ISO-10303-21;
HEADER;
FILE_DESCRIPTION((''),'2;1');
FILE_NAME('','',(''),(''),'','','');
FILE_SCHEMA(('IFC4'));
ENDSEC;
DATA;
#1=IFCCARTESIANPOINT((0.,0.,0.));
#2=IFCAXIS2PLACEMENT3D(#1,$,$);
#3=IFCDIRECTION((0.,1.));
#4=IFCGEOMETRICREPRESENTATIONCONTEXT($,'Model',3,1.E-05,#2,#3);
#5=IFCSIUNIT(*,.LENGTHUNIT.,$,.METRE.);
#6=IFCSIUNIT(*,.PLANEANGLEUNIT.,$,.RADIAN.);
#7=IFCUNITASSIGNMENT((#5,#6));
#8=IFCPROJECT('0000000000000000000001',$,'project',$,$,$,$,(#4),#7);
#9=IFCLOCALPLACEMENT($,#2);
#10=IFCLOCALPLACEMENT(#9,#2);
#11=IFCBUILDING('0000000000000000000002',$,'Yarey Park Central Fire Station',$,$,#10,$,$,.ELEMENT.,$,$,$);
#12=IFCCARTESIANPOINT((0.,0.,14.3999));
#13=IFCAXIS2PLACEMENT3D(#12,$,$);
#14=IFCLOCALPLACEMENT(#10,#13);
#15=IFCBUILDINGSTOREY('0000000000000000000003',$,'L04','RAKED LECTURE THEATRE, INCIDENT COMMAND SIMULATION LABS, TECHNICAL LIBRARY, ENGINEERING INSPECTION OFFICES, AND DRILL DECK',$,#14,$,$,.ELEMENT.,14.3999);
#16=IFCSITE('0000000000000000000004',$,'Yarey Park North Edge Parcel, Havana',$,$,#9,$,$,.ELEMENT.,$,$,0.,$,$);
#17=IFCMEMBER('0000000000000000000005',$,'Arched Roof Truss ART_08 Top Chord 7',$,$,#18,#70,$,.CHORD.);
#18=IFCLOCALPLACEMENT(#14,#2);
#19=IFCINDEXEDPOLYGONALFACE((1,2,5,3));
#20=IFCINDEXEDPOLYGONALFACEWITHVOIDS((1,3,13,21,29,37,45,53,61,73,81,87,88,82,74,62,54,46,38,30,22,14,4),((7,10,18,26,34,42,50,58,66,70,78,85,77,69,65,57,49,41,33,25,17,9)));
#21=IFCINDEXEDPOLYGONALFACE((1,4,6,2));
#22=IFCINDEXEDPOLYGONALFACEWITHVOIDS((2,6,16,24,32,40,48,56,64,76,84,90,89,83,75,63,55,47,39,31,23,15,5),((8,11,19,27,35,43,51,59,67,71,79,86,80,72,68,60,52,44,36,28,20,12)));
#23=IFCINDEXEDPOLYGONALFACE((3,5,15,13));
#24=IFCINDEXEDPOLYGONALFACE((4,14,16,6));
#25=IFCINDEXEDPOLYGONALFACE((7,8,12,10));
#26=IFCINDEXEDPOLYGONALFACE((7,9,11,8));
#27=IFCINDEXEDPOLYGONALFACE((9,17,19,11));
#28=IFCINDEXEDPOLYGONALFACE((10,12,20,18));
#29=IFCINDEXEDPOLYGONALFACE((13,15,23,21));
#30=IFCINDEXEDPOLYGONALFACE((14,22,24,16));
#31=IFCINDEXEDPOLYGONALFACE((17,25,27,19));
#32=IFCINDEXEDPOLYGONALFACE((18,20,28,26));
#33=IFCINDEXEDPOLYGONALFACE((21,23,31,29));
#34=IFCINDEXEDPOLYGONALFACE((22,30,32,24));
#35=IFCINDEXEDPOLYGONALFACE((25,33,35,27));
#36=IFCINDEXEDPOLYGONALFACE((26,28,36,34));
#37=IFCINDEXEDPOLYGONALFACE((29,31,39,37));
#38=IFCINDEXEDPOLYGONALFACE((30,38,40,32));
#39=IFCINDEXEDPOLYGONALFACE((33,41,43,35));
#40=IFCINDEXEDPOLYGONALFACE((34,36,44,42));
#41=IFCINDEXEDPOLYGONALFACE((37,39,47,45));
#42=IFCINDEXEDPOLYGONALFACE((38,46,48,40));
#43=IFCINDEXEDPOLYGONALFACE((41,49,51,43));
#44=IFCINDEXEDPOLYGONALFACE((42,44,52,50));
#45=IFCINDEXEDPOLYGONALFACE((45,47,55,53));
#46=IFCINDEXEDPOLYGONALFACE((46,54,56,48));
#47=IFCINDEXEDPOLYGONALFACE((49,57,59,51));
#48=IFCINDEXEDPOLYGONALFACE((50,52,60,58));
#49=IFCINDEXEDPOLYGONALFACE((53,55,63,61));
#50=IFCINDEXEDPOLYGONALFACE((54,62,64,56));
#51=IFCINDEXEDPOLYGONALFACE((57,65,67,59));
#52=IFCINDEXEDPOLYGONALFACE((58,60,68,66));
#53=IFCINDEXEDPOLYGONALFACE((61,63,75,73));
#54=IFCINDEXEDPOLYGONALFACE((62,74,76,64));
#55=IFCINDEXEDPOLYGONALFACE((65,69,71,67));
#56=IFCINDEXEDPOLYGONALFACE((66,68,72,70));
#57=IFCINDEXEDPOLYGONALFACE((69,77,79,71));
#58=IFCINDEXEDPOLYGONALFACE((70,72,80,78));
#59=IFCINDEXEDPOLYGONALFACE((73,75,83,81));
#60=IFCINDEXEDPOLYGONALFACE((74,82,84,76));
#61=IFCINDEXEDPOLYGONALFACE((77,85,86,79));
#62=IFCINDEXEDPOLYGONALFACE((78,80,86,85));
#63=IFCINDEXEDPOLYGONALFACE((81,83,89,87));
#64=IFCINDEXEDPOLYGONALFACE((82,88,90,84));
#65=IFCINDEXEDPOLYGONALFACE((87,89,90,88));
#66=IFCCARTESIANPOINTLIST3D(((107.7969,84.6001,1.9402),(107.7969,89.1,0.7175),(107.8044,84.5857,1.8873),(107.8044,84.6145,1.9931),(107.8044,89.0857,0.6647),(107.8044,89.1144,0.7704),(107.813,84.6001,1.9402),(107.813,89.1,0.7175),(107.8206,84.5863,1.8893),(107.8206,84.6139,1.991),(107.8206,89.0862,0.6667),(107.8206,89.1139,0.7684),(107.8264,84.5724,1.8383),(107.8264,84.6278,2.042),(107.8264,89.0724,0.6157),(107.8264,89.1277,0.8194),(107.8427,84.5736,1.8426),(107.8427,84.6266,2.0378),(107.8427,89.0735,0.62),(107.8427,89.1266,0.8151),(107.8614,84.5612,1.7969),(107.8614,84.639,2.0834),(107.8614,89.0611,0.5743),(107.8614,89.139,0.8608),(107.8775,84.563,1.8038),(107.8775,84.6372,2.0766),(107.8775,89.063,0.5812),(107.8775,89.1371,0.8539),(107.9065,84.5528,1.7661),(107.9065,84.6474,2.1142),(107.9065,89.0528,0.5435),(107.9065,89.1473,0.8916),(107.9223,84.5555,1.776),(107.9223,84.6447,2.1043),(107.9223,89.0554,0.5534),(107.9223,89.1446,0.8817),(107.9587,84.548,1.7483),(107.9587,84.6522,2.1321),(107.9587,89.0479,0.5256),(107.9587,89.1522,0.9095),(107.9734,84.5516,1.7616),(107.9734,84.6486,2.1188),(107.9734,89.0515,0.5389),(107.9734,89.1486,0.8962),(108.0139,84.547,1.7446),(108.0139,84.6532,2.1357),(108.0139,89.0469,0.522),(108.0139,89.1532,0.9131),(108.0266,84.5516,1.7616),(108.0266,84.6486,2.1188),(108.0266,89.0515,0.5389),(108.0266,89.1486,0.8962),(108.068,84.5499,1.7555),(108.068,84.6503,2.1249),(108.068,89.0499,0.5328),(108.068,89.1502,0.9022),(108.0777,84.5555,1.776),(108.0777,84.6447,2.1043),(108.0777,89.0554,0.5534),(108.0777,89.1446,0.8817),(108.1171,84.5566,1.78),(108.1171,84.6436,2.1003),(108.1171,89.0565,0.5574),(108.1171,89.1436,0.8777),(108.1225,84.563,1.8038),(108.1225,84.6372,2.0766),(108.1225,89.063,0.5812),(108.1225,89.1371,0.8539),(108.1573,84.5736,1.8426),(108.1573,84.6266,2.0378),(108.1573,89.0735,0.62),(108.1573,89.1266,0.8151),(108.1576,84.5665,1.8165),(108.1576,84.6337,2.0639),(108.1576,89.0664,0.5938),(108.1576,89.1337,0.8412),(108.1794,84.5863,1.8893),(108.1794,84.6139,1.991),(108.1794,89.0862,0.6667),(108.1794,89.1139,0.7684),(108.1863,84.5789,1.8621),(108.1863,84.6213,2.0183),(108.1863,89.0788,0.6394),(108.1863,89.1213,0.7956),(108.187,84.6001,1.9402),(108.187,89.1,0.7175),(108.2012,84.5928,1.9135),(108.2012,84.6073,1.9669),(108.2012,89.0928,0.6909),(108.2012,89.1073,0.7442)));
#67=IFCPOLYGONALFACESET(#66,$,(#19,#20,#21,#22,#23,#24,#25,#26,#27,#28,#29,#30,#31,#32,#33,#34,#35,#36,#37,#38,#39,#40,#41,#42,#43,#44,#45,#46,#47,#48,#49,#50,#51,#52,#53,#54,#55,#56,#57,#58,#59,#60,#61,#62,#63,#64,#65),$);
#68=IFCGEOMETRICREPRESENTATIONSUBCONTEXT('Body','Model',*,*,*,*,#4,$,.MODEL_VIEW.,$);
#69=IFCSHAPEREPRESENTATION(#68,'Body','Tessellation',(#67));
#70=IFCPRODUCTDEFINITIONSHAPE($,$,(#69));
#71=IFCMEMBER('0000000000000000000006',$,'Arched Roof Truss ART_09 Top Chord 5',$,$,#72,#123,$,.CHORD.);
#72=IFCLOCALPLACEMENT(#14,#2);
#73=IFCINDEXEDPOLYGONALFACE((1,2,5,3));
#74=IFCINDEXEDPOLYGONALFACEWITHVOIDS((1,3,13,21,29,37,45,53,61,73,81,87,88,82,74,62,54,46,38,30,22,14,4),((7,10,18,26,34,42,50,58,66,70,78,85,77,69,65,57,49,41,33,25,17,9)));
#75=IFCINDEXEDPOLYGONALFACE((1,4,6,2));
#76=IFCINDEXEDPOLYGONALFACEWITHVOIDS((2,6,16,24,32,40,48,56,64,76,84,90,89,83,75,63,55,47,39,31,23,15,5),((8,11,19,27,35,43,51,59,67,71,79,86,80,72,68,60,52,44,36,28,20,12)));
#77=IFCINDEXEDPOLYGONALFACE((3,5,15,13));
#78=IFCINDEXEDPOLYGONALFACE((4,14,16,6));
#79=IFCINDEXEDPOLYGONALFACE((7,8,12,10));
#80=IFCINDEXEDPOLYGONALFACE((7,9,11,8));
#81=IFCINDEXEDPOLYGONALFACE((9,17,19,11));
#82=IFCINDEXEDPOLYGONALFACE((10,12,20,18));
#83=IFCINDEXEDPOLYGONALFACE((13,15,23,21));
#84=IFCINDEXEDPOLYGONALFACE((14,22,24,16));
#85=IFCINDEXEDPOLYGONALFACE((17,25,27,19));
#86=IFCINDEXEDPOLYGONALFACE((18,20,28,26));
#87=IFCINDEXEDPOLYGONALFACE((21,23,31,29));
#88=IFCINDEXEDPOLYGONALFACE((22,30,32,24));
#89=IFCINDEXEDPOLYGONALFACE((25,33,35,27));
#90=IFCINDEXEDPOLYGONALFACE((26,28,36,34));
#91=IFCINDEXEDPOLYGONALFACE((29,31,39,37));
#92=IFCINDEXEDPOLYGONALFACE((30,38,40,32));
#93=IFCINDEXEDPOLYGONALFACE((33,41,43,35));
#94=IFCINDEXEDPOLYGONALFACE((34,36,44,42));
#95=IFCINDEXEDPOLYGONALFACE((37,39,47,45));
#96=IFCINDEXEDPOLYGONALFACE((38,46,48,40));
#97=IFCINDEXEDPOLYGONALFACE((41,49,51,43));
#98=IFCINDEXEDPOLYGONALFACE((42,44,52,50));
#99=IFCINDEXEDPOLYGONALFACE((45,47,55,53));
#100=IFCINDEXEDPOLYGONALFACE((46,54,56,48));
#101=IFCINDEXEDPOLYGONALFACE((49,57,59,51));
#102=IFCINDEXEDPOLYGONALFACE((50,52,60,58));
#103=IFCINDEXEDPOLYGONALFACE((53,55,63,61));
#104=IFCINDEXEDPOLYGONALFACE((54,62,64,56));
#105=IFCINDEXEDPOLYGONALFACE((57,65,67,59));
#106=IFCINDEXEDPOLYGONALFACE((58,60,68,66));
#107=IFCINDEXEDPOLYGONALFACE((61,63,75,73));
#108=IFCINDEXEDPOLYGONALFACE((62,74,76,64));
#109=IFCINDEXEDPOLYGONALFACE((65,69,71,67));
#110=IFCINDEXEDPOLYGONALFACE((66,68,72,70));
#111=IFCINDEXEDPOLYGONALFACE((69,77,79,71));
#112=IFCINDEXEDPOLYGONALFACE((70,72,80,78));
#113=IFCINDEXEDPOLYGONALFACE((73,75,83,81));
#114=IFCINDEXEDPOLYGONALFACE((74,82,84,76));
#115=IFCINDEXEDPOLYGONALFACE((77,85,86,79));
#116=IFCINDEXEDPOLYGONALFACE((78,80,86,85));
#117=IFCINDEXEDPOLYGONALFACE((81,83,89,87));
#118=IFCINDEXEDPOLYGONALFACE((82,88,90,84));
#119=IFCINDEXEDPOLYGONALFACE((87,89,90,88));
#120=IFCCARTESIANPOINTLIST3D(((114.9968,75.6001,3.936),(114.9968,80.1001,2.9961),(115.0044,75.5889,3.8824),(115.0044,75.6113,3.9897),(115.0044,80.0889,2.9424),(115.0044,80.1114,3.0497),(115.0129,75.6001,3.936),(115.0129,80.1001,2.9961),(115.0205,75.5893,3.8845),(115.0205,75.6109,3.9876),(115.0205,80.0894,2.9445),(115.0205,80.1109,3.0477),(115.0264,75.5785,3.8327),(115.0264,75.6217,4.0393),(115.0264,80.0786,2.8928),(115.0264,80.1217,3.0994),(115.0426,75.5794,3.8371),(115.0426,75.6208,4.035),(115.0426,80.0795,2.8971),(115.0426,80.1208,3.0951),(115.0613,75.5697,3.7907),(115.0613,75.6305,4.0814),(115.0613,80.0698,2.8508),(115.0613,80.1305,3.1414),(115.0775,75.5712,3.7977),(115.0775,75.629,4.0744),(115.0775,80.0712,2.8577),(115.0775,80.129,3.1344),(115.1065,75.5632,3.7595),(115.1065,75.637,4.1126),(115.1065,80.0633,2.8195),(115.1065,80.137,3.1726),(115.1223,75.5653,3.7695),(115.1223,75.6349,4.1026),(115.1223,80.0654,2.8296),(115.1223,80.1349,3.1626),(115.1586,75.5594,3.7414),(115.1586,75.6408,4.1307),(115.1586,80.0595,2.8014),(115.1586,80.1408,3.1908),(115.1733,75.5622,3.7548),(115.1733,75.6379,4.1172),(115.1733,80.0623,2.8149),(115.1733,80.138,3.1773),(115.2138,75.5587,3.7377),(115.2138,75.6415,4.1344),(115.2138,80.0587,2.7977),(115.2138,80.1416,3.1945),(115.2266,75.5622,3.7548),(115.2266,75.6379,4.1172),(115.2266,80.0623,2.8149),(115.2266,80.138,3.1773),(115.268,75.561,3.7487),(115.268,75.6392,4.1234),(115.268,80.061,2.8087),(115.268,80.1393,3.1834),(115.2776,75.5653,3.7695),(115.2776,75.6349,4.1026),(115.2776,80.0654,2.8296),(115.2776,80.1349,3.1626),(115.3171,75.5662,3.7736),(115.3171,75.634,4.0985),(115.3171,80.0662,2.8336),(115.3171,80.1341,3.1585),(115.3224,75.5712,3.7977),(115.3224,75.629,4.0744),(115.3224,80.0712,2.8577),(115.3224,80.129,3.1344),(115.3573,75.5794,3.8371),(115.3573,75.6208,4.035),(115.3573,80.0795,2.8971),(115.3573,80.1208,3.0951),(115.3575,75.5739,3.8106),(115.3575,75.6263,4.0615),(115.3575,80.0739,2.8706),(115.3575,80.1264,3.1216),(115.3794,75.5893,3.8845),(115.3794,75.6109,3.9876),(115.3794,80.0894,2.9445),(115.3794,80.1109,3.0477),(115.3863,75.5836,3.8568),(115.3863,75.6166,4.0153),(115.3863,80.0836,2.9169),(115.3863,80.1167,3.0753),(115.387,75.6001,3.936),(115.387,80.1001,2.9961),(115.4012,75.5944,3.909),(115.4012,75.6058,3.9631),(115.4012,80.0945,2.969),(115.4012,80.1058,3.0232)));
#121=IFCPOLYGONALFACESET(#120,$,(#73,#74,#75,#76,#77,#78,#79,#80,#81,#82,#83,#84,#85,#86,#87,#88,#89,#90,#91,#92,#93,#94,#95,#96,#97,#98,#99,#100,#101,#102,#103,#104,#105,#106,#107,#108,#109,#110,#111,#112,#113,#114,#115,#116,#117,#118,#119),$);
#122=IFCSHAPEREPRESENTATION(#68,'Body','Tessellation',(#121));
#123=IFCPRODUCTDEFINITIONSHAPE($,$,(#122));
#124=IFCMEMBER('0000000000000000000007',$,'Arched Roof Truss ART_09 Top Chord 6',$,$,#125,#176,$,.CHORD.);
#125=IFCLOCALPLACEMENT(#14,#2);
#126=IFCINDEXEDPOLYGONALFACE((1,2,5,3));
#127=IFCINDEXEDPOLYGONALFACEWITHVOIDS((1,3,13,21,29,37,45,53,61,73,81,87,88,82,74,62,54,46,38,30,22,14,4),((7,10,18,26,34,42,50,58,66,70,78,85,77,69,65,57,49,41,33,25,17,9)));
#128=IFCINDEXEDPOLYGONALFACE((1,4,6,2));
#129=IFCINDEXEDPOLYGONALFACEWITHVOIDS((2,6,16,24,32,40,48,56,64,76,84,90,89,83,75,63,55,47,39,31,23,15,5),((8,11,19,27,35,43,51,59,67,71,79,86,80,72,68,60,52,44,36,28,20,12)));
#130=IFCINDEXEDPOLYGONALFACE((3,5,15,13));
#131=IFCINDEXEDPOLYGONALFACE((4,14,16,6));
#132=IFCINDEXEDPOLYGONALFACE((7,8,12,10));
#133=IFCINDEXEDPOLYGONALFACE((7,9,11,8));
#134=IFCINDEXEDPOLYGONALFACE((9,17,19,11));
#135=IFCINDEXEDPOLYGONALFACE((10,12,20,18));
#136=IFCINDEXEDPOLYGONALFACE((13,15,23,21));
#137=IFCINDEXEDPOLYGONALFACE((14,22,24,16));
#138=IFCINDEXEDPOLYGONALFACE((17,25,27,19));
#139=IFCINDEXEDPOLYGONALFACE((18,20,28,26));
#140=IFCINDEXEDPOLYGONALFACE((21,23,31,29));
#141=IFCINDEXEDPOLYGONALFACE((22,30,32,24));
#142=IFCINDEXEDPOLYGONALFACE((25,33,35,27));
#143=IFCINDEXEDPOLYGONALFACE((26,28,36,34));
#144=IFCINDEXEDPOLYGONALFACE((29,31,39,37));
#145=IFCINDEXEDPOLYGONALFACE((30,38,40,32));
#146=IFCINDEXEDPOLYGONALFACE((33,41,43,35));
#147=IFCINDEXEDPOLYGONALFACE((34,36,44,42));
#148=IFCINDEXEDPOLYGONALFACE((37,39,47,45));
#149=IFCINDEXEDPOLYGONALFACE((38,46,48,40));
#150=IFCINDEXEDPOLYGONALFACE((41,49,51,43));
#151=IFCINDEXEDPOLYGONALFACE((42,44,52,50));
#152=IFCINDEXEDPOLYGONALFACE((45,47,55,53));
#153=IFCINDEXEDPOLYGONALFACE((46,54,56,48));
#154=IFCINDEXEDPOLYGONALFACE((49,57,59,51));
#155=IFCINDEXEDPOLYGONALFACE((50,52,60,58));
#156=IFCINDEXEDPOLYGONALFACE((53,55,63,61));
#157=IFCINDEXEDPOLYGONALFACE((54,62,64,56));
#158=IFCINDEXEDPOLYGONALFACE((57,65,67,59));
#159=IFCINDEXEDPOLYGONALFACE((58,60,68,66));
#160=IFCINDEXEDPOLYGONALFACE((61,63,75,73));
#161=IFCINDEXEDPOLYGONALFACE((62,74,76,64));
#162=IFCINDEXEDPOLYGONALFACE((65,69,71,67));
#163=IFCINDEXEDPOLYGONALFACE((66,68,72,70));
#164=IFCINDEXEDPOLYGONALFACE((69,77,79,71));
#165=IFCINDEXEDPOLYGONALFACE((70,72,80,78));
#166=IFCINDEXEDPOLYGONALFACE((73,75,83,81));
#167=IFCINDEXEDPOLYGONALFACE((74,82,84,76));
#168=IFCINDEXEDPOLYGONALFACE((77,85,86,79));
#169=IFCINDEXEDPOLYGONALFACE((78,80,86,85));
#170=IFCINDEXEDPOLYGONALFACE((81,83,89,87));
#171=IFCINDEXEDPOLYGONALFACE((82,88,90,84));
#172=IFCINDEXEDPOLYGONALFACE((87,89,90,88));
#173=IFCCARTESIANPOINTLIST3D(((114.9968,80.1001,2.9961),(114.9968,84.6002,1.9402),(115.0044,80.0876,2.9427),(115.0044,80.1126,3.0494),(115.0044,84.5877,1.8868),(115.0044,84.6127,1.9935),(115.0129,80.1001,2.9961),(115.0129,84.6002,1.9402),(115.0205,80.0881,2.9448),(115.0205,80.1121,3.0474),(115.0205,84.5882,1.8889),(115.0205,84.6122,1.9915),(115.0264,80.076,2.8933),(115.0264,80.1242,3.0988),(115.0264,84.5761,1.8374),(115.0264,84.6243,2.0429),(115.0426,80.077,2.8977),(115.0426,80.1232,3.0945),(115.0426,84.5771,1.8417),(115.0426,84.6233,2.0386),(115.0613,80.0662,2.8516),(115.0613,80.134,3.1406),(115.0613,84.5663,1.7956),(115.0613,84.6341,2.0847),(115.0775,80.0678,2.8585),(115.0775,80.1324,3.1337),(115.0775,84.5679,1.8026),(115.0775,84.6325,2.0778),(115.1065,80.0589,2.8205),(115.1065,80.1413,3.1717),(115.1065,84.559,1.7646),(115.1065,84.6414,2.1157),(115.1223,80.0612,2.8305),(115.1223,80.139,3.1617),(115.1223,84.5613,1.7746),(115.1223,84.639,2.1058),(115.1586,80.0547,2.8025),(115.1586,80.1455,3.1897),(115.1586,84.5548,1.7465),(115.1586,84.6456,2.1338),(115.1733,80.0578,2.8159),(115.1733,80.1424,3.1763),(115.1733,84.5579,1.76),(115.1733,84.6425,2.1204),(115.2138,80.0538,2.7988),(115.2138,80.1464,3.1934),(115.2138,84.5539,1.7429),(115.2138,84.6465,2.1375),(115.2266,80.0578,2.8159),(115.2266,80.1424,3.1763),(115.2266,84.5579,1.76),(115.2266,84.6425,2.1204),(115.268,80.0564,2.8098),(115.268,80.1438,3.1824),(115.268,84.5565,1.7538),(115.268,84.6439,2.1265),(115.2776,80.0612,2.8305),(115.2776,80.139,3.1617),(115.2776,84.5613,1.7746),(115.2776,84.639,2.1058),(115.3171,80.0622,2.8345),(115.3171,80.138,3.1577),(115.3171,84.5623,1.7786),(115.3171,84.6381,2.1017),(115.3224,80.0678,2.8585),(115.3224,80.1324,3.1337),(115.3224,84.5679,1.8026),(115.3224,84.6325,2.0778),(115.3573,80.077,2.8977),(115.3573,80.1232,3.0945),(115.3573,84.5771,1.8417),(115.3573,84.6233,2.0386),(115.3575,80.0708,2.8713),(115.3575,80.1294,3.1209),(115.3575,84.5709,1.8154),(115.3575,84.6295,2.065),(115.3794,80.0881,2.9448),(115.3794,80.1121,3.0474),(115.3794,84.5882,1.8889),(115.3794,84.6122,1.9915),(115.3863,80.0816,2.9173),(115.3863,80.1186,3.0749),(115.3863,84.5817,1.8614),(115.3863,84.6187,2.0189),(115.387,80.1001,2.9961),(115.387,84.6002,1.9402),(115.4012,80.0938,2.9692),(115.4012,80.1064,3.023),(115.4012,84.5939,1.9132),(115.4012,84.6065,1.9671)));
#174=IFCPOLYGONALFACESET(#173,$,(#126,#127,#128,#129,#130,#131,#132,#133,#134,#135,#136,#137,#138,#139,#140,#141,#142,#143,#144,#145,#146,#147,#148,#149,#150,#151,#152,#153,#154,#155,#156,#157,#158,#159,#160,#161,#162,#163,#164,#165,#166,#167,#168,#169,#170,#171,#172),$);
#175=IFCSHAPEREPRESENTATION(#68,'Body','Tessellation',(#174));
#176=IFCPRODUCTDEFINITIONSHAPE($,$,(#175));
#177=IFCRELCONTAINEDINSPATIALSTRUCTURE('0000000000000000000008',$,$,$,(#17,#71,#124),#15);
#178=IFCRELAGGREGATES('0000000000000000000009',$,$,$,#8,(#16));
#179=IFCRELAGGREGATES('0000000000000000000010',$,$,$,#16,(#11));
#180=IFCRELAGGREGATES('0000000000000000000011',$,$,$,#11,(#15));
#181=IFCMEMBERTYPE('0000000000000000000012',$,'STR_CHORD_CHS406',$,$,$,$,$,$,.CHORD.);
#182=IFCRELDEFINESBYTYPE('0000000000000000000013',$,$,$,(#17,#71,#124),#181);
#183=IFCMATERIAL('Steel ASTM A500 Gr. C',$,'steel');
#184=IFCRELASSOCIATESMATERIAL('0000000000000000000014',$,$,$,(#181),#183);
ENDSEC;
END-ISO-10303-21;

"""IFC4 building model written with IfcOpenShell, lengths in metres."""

from ifc_helpers import new_model, si_unit, direction, frame, origin, origin_2d, place, context, subcontext, project, spatial, hollow_circle, extrude, material, material_profile, profile_set, type_object, element, save


model = new_model("IFC4")

# Units and contexts
model_context = context("Model", 3, precision=1e-05, world=origin(), true_north=direction((0.0, 1.0)))
body_context = subcontext(model_context, "Body", "Model", "MODEL_VIEW")
ifc_project = project(units=[si_unit("LENGTHUNIT", "METRE"), si_unit("PLANEANGLEUNIT", "RADIAN")], contexts=[model_context])

# Site, building, storey
site_placement = place(None, origin())
site = spatial("IfcSite", under=ifc_project, at=site_placement, Name="Yarey Park North Edge Parcel, Havana", CompositionType="ELEMENT", RefElevation=0.0)
building_placement = place(site_placement, origin())
building = spatial("IfcBuilding", under=site, at=building_placement, Name="Yarey Park Central Fire Station", CompositionType="ELEMENT")
storey_placement = place(building_placement, frame((0.0, 0.0, 14.3999)))
storey = spatial("IfcBuildingStorey", under=building, at=storey_placement, Name="L04", Description="RAKED LECTURE THEATRE, INCIDENT COMMAND SIMULATION LABS, TECHNICAL LIBRARY, ENGINEERING INSPECTION OFFICES, AND DRILL DECK", CompositionType="ELEMENT", Elevation=14.3999)

# Members
ifc_material_1 = material(Name="Steel ASTM A500 Gr. C", Category="steel")
ifc_material_profile_1 = material_profile(ifc_material_1, hollow_circle(Radius=0.2031, WallThickness=0.0161, at=origin_2d()), Name="CHS 406.4x16")
ifc_profile_set_1 = profile_set([ifc_material_profile_1], Name="Steel ASTM A500 Gr. C")
member_type_1 = type_object("IfcMemberType", Name="STR_CHORD_CHS406", PredefinedType="CHORD", material=ifc_profile_set_1)
member_1_placement = place(storey_placement, frame((108.0, 84.6001, 1.9402), z_axis=(0.0, 0.965015, -0.262196), x_axis=(-1.0, 0.0, 0.0)))
element("IfcMember", 1, at=member_1_placement, inside=storey, type_object=member_type_1, Name="Arched Roof Truss ART_08 Top Chord 7", PredefinedType="CHORD", context=body_context, shape_type="SweptSolid", body=[
    extrude(hollow_circle(Radius=0.2031, WallThickness=0.0161, at=origin_2d()), origin(), (0.0, 0.0, 1.0), 4.6631),
])
member_2_placement = place(storey_placement, frame((115.2, 75.6001, 3.936), z_axis=(0.0, 0.978874, -0.204463), x_axis=(-1.0, 0.0, 0.0)))
element("IfcMember", 2, at=member_2_placement, inside=storey, type_object=member_type_1, Name="Arched Roof Truss ART_09 Top Chord 5", PredefinedType="CHORD", context=body_context, shape_type="SweptSolid", body=[
    extrude(hollow_circle(Radius=0.2031, WallThickness=0.0161, at=origin_2d()), origin(), (0.0, 0.0, 1.0), 4.5972),
])
member_3_placement = place(storey_placement, frame((115.2, 80.1001, 2.9961), z_axis=(0.0, 0.973558, -0.228442), x_axis=(-1.0, 0.0, 0.0)))
element("IfcMember", 3, at=member_3_placement, inside=storey, type_object=member_type_1, Name="Arched Roof Truss ART_09 Top Chord 6", PredefinedType="CHORD", context=body_context, shape_type="SweptSolid", body=[
    extrude(hollow_circle(Radius=0.2031, WallThickness=0.0161, at=origin_2d()), origin(), (0.0, 0.0, 1.0), 4.6223),
])

save(model, "model.ifc")
